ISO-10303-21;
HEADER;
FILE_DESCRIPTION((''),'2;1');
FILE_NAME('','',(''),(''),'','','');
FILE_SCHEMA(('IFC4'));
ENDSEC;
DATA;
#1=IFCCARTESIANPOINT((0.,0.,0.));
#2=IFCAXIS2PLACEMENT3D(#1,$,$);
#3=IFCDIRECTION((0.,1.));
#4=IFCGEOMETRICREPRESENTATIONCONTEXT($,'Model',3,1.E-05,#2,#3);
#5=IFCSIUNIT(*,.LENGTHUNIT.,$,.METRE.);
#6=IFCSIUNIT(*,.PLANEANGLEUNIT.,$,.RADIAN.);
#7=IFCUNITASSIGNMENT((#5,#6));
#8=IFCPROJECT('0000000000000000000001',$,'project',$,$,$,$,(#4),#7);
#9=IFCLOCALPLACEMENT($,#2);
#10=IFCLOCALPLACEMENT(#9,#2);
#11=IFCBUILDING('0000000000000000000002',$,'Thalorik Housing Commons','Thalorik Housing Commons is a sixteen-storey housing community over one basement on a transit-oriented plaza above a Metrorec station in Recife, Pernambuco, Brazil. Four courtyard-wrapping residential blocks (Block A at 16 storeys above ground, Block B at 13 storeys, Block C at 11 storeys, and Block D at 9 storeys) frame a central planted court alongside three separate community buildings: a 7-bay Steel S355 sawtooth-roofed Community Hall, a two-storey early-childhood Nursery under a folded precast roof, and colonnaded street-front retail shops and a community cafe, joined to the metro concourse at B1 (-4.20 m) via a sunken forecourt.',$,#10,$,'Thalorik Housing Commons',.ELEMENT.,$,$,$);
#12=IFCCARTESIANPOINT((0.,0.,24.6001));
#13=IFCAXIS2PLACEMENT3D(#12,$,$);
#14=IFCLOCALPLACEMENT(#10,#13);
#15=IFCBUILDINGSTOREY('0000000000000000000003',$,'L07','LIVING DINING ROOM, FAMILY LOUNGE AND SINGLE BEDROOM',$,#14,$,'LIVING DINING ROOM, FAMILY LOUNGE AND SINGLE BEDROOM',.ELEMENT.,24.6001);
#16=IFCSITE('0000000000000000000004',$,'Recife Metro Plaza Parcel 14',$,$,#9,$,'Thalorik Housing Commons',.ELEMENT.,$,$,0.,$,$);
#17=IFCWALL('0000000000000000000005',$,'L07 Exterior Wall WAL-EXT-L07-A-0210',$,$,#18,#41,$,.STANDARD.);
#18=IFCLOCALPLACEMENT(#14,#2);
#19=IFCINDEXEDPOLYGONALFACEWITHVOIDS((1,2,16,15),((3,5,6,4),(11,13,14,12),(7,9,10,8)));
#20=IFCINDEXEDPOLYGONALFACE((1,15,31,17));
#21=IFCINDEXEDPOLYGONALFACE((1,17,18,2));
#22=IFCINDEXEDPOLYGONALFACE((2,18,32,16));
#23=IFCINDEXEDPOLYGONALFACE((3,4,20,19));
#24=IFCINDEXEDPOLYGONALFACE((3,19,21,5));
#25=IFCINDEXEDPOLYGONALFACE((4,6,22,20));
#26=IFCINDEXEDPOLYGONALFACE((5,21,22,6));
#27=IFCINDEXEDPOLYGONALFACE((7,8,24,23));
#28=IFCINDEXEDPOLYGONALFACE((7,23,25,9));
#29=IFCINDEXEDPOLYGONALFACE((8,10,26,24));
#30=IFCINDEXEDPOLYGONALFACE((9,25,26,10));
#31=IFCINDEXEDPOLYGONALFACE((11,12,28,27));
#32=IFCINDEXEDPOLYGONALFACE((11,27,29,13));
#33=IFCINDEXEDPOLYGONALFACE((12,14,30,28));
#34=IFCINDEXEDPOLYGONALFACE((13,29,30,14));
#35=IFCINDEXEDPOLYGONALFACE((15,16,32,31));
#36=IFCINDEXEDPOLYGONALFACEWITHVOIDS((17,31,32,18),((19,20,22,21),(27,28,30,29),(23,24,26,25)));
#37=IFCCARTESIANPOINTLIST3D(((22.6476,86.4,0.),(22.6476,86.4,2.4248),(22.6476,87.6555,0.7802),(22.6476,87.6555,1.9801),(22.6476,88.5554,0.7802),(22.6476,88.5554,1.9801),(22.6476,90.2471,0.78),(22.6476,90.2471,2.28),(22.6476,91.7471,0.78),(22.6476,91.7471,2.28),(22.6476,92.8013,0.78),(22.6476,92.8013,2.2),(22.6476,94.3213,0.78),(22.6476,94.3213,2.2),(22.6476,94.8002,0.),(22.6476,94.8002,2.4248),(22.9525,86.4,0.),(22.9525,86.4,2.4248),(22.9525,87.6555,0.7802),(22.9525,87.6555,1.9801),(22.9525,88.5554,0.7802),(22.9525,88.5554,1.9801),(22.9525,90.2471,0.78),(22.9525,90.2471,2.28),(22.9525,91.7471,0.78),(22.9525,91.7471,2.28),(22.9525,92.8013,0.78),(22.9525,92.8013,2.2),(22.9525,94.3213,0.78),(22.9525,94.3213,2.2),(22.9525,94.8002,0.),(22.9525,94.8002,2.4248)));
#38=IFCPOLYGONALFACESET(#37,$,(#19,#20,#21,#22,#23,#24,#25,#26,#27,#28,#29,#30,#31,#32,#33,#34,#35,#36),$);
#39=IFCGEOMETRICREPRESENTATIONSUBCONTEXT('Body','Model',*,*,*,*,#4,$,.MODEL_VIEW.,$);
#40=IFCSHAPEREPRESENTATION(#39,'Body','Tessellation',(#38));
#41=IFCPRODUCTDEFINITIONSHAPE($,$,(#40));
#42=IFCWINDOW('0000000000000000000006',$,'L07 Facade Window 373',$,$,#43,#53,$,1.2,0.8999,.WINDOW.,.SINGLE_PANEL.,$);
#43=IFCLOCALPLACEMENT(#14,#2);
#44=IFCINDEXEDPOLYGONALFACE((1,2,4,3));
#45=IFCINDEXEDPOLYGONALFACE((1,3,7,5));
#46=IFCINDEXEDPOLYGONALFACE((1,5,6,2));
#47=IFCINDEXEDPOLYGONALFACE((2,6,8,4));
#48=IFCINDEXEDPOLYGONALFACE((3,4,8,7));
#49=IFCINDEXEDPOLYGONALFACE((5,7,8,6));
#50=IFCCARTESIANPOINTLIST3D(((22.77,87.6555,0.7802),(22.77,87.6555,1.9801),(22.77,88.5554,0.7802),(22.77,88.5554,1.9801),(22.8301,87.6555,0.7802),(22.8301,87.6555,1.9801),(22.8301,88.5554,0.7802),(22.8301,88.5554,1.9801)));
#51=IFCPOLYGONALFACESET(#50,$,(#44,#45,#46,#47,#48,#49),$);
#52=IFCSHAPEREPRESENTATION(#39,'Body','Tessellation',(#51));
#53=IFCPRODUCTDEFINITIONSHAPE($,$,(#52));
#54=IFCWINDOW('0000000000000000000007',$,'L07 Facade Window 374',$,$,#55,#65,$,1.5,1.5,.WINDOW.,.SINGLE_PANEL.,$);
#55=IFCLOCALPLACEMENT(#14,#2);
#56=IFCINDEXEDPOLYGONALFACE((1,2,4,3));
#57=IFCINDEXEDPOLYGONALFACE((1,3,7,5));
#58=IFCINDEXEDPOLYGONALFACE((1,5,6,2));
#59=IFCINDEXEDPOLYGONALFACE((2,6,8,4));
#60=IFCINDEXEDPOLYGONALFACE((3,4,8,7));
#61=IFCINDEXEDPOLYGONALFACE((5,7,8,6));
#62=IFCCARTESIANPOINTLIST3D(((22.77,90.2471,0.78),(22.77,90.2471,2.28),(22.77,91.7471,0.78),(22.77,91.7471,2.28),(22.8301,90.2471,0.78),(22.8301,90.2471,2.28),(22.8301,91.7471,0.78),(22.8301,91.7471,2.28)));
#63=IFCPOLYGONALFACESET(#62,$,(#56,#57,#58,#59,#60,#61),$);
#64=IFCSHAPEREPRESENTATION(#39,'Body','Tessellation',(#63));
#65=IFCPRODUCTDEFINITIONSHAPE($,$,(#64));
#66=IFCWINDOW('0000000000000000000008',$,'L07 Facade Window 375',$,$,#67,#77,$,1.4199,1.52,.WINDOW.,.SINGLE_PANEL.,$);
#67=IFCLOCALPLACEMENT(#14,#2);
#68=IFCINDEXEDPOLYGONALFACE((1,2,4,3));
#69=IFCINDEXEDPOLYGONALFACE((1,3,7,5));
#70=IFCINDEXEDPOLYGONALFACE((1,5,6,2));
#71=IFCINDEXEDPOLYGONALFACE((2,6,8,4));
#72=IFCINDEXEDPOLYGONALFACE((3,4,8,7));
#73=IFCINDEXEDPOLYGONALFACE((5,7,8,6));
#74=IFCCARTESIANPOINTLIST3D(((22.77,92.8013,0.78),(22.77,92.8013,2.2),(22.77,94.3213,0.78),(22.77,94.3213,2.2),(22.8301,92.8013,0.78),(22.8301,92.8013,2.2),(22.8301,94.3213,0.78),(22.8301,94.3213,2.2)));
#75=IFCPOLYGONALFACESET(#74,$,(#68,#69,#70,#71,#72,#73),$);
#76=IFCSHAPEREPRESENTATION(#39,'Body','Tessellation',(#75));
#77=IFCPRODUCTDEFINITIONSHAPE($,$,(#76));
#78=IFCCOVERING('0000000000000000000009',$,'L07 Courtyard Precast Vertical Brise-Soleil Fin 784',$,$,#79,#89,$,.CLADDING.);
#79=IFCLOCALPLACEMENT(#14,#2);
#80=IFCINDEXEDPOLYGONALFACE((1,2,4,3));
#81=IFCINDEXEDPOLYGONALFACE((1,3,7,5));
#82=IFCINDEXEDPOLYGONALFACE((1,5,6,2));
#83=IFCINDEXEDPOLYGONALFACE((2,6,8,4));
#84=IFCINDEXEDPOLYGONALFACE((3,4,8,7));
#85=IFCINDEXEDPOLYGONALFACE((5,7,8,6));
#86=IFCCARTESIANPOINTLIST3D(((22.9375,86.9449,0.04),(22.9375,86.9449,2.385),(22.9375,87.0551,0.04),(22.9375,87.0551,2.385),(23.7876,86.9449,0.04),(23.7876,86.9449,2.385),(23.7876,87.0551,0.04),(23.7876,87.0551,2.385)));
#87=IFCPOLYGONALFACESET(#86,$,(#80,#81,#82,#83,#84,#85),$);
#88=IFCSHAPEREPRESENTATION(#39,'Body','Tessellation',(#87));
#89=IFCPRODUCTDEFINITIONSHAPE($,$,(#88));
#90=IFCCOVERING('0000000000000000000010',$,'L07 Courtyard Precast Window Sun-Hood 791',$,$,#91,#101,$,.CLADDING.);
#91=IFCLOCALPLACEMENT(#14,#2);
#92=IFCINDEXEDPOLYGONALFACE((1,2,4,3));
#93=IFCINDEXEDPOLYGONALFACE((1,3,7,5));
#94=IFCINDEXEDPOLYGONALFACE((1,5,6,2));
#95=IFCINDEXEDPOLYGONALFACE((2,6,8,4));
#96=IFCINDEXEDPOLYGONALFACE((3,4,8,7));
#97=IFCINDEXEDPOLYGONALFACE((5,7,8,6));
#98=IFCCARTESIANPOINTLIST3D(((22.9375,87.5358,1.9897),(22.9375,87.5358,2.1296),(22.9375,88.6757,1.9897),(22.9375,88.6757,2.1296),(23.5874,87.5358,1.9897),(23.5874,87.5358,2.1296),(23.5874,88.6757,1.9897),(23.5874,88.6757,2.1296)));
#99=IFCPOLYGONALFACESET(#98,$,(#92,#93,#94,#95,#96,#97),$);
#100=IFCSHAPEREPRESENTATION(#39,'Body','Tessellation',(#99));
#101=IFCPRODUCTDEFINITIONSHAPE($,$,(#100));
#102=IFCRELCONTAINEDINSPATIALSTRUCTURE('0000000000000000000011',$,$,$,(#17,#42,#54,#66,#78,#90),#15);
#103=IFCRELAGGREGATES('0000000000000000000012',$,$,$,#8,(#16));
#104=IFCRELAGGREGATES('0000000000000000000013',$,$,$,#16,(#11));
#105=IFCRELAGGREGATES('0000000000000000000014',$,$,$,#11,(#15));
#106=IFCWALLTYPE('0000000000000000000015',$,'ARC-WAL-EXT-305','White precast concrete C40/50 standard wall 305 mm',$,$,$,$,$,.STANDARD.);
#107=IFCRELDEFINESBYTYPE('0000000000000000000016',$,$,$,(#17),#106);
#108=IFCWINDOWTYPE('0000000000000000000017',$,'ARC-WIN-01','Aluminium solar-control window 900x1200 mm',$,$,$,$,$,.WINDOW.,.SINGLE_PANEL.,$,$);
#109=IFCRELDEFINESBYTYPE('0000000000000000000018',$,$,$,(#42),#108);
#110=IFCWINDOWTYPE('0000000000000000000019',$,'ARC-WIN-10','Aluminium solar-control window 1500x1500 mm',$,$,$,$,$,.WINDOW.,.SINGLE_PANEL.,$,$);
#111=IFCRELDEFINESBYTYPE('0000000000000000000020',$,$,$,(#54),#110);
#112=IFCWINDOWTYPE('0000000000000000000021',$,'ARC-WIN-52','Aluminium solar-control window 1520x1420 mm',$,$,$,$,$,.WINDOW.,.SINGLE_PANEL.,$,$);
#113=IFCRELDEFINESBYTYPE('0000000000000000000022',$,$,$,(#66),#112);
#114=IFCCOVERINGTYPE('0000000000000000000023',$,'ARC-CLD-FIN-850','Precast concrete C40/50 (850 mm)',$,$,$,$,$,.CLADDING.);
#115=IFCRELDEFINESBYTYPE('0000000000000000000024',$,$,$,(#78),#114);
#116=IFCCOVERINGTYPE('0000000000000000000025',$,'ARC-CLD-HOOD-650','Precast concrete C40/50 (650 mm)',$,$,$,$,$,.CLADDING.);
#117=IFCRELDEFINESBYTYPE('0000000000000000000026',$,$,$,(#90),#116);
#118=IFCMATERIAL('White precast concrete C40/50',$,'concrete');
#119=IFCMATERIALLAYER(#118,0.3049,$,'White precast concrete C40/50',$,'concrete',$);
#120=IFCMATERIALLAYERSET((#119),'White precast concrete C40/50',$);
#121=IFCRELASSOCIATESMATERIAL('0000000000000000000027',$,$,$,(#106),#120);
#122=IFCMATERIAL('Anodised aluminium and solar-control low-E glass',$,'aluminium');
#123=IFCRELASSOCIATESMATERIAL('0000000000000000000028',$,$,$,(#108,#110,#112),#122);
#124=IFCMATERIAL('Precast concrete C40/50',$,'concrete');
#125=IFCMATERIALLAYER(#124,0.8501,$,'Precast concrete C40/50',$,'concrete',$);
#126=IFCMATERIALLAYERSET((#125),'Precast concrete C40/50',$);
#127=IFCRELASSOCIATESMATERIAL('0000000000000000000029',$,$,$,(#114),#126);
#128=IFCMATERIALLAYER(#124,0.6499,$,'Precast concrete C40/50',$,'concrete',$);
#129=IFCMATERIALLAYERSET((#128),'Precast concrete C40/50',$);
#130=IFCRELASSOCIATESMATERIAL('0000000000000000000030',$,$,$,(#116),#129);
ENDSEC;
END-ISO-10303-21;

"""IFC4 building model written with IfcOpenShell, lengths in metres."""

from ifc_helpers import new_model, si_unit, direction, frame, frame_2d, origin, origin_2d, place, context, subcontext, project, spatial, rectangle, extrude, material, layer, layer_set, type_object, element, fill, save


model = new_model("IFC4")

# Units and contexts
model_context = context("Model", 3, precision=1e-05, world=origin(), true_north=direction((0.0, 1.0)))
body_context = subcontext(model_context, "Body", "Model", "MODEL_VIEW")
ifc_project = project(units=[si_unit("LENGTHUNIT", "METRE"), si_unit("PLANEANGLEUNIT", "RADIAN")], contexts=[model_context])

# Site, building, storey
site_placement = place(None, origin())
site = spatial("IfcSite", under=ifc_project, at=site_placement, Name="Recife Metro Plaza Parcel 14", LongName="Thalorik Housing Commons", CompositionType="ELEMENT", RefElevation=0.0)
building_placement = place(site_placement, origin())
building = spatial("IfcBuilding", under=site, at=building_placement, Name="Thalorik Housing Commons", Description="Thalorik Housing Commons is a sixteen-storey housing community over one basement on a transit-oriented plaza above a Metrorec station in Recife, Pernambuco, Brazil. Four courtyard-wrapping residential blocks (Block A at 16 storeys above ground, Block B at 13 storeys, Block C at 11 storeys, and Block D at 9 storeys) frame a central planted court alongside three separate community buildings: a 7-bay Steel S355 sawtooth-roofed Community Hall, a two-storey early-childhood Nursery under a folded precast roof, and colonnaded street-front retail shops and a community cafe, joined to the metro concourse at B1 (-4.20 m) via a sunken forecourt.", LongName="Thalorik Housing Commons", CompositionType="ELEMENT")
storey_placement = place(building_placement, frame((0.0, 0.0, 24.6001)))
storey = spatial("IfcBuildingStorey", under=building, at=storey_placement, Name="L07", Description="LIVING DINING ROOM, FAMILY LOUNGE AND SINGLE BEDROOM", LongName="LIVING DINING ROOM, FAMILY LOUNGE AND SINGLE BEDROOM", CompositionType="ELEMENT", Elevation=24.6001)

# Shared definitions
ifc_material_1 = material(Name="Precast concrete C40/50", Category="concrete")

# Shared definitions
ifc_material_2 = material(Name="Anodised aluminium and solar-control low-E glass", Category="aluminium")

# Shared definitions
ifc_material_3 = material(Name="White precast concrete C40/50", Category="concrete")
ifc_layer_1 = layer(ifc_material_3, 0.3049, Name="White precast concrete C40/50", Category="concrete")
ifc_layer_set_1 = layer_set([ifc_layer_1], Name="White precast concrete C40/50")
wall_type_1 = type_object("IfcWallType", Name="ARC-WAL-EXT-305", Description="White precast concrete C40/50 standard wall 305 mm", PredefinedType="STANDARD", material=ifc_layer_set_1)

# Wall, openings, windows
wall_1_placement = place(storey_placement, frame((22.8, 86.3999, 0.0), z_axis=(0.0, 0.0, 1.0), x_axis=(0.0, 1.0, 0.0)))
wall_1 = element("IfcWall", 1, at=wall_1_placement, inside=storey, type_object=wall_type_1, Name="L07 Exterior Wall WAL-EXT-L07-A-0210", PredefinedType="STANDARD", context=body_context, shape_type="SweptSolid", body=[
    extrude(rectangle(XDim=8.4001, YDim=0.3049, at=frame_2d((4.2002, 0.0))), origin(), (0.0, 0.0, 1.0), 2.4248),
])
opening_1_placement = place(wall_1_placement, frame((1.2556, 0.0, 0.78)))
opening_1 = element("IfcOpeningElement", 2, at=opening_1_placement, cuts=wall_1, PredefinedType="OPENING", context=body_context, shape_type="SweptSolid", body=[
    extrude(rectangle(XDim=0.8999, YDim=1.2, at=frame_2d((0.45, 0.6001))), frame((0.0, 0.1626, 0.0), z_axis=(0.0, -1.0, 0.0), x_axis=(1.0, 0.0, 0.0)), (0.0, 0.0, 1.0), 0.325),
])
opening_2_placement = place(wall_1_placement, frame((3.8472, 0.0, 0.78)))
opening_2 = element("IfcOpeningElement", 3, at=opening_2_placement, cuts=wall_1, PredefinedType="OPENING", context=body_context, shape_type="SweptSolid", body=[
    extrude(rectangle(XDim=1.5, YDim=1.5, at=frame_2d((0.75, 0.75))), frame((0.0, 0.1626, 0.0), z_axis=(0.0, -1.0, 0.0), x_axis=(1.0, 0.0, 0.0)), (0.0, 0.0, 1.0), 0.325),
])
opening_3_placement = place(wall_1_placement, frame((6.4014, 0.0, 0.78)))
opening_3 = element("IfcOpeningElement", 4, at=opening_3_placement, cuts=wall_1, PredefinedType="OPENING", context=body_context, shape_type="SweptSolid", body=[
    extrude(rectangle(XDim=1.52, YDim=1.4199, at=frame_2d((0.76, 0.71))), frame((0.0, 0.1626, 0.0), z_axis=(0.0, -1.0, 0.0), x_axis=(1.0, 0.0, 0.0)), (0.0, 0.0, 1.0), 0.325),
])
window_type_1 = type_object("IfcWindowType", Name="ARC-WIN-01", Description="Aluminium solar-control window 900x1200 mm", PartitioningType="SINGLE_PANEL", PredefinedType="WINDOW", material=ifc_material_2)
window_1_placement = place(opening_1_placement, origin())
window_1 = element("IfcWindow", 5, at=window_1_placement, inside=storey, type_object=window_type_1, Name="L07 Facade Window 373", OverallHeight=1.2, OverallWidth=0.8999, PartitioningType="SINGLE_PANEL", PredefinedType="WINDOW", context=body_context, shape_type="SweptSolid", body=[
    extrude(rectangle(XDim=0.8999, YDim=1.2, at=frame_2d((0.45, 0.6001))), frame((0.0, 0.03, 0.0), z_axis=(0.0, -1.0, 0.0), x_axis=(1.0, 0.0, 0.0)), (0.0, 0.0, 1.0), 0.0601),
])
fill(opening_1, window_1)
window_type_2 = type_object("IfcWindowType", Name="ARC-WIN-10", Description="Aluminium solar-control window 1500x1500 mm", PartitioningType="SINGLE_PANEL", PredefinedType="WINDOW", material=ifc_material_2)
window_2_placement = place(opening_2_placement, origin())
window_2 = element("IfcWindow", 6, at=window_2_placement, inside=storey, type_object=window_type_2, Name="L07 Facade Window 374", OverallHeight=1.5, OverallWidth=1.5, PartitioningType="SINGLE_PANEL", PredefinedType="WINDOW", context=body_context, shape_type="SweptSolid", body=[
    extrude(rectangle(XDim=1.5, YDim=1.5, at=frame_2d((0.75, 0.75))), frame((0.0, 0.03, 0.0), z_axis=(0.0, -1.0, 0.0), x_axis=(1.0, 0.0, 0.0)), (0.0, 0.0, 1.0), 0.0601),
])
fill(opening_2, window_2)
window_type_3 = type_object("IfcWindowType", Name="ARC-WIN-52", Description="Aluminium solar-control window 1520x1420 mm", PartitioningType="SINGLE_PANEL", PredefinedType="WINDOW", material=ifc_material_2)
window_3_placement = place(opening_3_placement, origin())
window_3 = element("IfcWindow", 7, at=window_3_placement, inside=storey, type_object=window_type_3, Name="L07 Facade Window 375", OverallHeight=1.4199, OverallWidth=1.52, PartitioningType="SINGLE_PANEL", PredefinedType="WINDOW", context=body_context, shape_type="SweptSolid", body=[
    extrude(rectangle(XDim=1.52, YDim=1.4199, at=frame_2d((0.76, 0.71))), frame((0.0, 0.03, 0.0), z_axis=(0.0, -1.0, 0.0), x_axis=(1.0, 0.0, 0.0)), (0.0, 0.0, 1.0), 0.0601),
])
fill(opening_3, window_3)

# Coverings
ifc_layer_2 = layer(ifc_material_1, 0.8501, Name="Precast concrete C40/50", Category="concrete")
ifc_layer_set_2 = layer_set([ifc_layer_2], Name="Precast concrete C40/50")
covering_type_1 = type_object("IfcCoveringType", Name="ARC-CLD-FIN-850", Description="Precast concrete C40/50 (850 mm)", PredefinedType="CLADDING", material=ifc_layer_set_2)
covering_1_placement = place(storey_placement, frame((23.3625, 87.0, 0.04), z_axis=(0.0, 0.0, 1.0), x_axis=(0.0, 1.0, 0.0)))
element("IfcCovering", 8, at=covering_1_placement, inside=storey, type_object=covering_type_1, Name="L07 Courtyard Precast Vertical Brise-Soleil Fin 784", PredefinedType="CLADDING", context=body_context, shape_type="SweptSolid", body=[
    extrude(rectangle(XDim=0.1101, YDim=0.8501, at=origin_2d()), origin(), (0.0, 0.0, 1.0), 2.345),
])
ifc_layer_3 = layer(ifc_material_1, 0.6499, Name="Precast concrete C40/50", Category="concrete")
ifc_layer_set_3 = layer_set([ifc_layer_3], Name="Precast concrete C40/50")
covering_type_2 = type_object("IfcCoveringType", Name="ARC-CLD-HOOD-650", Description="Precast concrete C40/50 (650 mm)", PredefinedType="CLADDING", material=ifc_layer_set_3)
covering_2_placement = place(storey_placement, frame((23.2625, 88.1057, 1.9897), z_axis=(0.0, 0.0, 1.0), x_axis=(0.0, 1.0, 0.0)))
element("IfcCovering", 9, at=covering_2_placement, inside=storey, type_object=covering_type_2, Name="L07 Courtyard Precast Window Sun-Hood 791", PredefinedType="CLADDING", context=body_context, shape_type="SweptSolid", body=[
    extrude(rectangle(XDim=1.1399, YDim=0.6499, at=origin_2d()), origin(), (0.0, 0.0, 1.0), 0.1399),
])

save(model, "model.ifc")
